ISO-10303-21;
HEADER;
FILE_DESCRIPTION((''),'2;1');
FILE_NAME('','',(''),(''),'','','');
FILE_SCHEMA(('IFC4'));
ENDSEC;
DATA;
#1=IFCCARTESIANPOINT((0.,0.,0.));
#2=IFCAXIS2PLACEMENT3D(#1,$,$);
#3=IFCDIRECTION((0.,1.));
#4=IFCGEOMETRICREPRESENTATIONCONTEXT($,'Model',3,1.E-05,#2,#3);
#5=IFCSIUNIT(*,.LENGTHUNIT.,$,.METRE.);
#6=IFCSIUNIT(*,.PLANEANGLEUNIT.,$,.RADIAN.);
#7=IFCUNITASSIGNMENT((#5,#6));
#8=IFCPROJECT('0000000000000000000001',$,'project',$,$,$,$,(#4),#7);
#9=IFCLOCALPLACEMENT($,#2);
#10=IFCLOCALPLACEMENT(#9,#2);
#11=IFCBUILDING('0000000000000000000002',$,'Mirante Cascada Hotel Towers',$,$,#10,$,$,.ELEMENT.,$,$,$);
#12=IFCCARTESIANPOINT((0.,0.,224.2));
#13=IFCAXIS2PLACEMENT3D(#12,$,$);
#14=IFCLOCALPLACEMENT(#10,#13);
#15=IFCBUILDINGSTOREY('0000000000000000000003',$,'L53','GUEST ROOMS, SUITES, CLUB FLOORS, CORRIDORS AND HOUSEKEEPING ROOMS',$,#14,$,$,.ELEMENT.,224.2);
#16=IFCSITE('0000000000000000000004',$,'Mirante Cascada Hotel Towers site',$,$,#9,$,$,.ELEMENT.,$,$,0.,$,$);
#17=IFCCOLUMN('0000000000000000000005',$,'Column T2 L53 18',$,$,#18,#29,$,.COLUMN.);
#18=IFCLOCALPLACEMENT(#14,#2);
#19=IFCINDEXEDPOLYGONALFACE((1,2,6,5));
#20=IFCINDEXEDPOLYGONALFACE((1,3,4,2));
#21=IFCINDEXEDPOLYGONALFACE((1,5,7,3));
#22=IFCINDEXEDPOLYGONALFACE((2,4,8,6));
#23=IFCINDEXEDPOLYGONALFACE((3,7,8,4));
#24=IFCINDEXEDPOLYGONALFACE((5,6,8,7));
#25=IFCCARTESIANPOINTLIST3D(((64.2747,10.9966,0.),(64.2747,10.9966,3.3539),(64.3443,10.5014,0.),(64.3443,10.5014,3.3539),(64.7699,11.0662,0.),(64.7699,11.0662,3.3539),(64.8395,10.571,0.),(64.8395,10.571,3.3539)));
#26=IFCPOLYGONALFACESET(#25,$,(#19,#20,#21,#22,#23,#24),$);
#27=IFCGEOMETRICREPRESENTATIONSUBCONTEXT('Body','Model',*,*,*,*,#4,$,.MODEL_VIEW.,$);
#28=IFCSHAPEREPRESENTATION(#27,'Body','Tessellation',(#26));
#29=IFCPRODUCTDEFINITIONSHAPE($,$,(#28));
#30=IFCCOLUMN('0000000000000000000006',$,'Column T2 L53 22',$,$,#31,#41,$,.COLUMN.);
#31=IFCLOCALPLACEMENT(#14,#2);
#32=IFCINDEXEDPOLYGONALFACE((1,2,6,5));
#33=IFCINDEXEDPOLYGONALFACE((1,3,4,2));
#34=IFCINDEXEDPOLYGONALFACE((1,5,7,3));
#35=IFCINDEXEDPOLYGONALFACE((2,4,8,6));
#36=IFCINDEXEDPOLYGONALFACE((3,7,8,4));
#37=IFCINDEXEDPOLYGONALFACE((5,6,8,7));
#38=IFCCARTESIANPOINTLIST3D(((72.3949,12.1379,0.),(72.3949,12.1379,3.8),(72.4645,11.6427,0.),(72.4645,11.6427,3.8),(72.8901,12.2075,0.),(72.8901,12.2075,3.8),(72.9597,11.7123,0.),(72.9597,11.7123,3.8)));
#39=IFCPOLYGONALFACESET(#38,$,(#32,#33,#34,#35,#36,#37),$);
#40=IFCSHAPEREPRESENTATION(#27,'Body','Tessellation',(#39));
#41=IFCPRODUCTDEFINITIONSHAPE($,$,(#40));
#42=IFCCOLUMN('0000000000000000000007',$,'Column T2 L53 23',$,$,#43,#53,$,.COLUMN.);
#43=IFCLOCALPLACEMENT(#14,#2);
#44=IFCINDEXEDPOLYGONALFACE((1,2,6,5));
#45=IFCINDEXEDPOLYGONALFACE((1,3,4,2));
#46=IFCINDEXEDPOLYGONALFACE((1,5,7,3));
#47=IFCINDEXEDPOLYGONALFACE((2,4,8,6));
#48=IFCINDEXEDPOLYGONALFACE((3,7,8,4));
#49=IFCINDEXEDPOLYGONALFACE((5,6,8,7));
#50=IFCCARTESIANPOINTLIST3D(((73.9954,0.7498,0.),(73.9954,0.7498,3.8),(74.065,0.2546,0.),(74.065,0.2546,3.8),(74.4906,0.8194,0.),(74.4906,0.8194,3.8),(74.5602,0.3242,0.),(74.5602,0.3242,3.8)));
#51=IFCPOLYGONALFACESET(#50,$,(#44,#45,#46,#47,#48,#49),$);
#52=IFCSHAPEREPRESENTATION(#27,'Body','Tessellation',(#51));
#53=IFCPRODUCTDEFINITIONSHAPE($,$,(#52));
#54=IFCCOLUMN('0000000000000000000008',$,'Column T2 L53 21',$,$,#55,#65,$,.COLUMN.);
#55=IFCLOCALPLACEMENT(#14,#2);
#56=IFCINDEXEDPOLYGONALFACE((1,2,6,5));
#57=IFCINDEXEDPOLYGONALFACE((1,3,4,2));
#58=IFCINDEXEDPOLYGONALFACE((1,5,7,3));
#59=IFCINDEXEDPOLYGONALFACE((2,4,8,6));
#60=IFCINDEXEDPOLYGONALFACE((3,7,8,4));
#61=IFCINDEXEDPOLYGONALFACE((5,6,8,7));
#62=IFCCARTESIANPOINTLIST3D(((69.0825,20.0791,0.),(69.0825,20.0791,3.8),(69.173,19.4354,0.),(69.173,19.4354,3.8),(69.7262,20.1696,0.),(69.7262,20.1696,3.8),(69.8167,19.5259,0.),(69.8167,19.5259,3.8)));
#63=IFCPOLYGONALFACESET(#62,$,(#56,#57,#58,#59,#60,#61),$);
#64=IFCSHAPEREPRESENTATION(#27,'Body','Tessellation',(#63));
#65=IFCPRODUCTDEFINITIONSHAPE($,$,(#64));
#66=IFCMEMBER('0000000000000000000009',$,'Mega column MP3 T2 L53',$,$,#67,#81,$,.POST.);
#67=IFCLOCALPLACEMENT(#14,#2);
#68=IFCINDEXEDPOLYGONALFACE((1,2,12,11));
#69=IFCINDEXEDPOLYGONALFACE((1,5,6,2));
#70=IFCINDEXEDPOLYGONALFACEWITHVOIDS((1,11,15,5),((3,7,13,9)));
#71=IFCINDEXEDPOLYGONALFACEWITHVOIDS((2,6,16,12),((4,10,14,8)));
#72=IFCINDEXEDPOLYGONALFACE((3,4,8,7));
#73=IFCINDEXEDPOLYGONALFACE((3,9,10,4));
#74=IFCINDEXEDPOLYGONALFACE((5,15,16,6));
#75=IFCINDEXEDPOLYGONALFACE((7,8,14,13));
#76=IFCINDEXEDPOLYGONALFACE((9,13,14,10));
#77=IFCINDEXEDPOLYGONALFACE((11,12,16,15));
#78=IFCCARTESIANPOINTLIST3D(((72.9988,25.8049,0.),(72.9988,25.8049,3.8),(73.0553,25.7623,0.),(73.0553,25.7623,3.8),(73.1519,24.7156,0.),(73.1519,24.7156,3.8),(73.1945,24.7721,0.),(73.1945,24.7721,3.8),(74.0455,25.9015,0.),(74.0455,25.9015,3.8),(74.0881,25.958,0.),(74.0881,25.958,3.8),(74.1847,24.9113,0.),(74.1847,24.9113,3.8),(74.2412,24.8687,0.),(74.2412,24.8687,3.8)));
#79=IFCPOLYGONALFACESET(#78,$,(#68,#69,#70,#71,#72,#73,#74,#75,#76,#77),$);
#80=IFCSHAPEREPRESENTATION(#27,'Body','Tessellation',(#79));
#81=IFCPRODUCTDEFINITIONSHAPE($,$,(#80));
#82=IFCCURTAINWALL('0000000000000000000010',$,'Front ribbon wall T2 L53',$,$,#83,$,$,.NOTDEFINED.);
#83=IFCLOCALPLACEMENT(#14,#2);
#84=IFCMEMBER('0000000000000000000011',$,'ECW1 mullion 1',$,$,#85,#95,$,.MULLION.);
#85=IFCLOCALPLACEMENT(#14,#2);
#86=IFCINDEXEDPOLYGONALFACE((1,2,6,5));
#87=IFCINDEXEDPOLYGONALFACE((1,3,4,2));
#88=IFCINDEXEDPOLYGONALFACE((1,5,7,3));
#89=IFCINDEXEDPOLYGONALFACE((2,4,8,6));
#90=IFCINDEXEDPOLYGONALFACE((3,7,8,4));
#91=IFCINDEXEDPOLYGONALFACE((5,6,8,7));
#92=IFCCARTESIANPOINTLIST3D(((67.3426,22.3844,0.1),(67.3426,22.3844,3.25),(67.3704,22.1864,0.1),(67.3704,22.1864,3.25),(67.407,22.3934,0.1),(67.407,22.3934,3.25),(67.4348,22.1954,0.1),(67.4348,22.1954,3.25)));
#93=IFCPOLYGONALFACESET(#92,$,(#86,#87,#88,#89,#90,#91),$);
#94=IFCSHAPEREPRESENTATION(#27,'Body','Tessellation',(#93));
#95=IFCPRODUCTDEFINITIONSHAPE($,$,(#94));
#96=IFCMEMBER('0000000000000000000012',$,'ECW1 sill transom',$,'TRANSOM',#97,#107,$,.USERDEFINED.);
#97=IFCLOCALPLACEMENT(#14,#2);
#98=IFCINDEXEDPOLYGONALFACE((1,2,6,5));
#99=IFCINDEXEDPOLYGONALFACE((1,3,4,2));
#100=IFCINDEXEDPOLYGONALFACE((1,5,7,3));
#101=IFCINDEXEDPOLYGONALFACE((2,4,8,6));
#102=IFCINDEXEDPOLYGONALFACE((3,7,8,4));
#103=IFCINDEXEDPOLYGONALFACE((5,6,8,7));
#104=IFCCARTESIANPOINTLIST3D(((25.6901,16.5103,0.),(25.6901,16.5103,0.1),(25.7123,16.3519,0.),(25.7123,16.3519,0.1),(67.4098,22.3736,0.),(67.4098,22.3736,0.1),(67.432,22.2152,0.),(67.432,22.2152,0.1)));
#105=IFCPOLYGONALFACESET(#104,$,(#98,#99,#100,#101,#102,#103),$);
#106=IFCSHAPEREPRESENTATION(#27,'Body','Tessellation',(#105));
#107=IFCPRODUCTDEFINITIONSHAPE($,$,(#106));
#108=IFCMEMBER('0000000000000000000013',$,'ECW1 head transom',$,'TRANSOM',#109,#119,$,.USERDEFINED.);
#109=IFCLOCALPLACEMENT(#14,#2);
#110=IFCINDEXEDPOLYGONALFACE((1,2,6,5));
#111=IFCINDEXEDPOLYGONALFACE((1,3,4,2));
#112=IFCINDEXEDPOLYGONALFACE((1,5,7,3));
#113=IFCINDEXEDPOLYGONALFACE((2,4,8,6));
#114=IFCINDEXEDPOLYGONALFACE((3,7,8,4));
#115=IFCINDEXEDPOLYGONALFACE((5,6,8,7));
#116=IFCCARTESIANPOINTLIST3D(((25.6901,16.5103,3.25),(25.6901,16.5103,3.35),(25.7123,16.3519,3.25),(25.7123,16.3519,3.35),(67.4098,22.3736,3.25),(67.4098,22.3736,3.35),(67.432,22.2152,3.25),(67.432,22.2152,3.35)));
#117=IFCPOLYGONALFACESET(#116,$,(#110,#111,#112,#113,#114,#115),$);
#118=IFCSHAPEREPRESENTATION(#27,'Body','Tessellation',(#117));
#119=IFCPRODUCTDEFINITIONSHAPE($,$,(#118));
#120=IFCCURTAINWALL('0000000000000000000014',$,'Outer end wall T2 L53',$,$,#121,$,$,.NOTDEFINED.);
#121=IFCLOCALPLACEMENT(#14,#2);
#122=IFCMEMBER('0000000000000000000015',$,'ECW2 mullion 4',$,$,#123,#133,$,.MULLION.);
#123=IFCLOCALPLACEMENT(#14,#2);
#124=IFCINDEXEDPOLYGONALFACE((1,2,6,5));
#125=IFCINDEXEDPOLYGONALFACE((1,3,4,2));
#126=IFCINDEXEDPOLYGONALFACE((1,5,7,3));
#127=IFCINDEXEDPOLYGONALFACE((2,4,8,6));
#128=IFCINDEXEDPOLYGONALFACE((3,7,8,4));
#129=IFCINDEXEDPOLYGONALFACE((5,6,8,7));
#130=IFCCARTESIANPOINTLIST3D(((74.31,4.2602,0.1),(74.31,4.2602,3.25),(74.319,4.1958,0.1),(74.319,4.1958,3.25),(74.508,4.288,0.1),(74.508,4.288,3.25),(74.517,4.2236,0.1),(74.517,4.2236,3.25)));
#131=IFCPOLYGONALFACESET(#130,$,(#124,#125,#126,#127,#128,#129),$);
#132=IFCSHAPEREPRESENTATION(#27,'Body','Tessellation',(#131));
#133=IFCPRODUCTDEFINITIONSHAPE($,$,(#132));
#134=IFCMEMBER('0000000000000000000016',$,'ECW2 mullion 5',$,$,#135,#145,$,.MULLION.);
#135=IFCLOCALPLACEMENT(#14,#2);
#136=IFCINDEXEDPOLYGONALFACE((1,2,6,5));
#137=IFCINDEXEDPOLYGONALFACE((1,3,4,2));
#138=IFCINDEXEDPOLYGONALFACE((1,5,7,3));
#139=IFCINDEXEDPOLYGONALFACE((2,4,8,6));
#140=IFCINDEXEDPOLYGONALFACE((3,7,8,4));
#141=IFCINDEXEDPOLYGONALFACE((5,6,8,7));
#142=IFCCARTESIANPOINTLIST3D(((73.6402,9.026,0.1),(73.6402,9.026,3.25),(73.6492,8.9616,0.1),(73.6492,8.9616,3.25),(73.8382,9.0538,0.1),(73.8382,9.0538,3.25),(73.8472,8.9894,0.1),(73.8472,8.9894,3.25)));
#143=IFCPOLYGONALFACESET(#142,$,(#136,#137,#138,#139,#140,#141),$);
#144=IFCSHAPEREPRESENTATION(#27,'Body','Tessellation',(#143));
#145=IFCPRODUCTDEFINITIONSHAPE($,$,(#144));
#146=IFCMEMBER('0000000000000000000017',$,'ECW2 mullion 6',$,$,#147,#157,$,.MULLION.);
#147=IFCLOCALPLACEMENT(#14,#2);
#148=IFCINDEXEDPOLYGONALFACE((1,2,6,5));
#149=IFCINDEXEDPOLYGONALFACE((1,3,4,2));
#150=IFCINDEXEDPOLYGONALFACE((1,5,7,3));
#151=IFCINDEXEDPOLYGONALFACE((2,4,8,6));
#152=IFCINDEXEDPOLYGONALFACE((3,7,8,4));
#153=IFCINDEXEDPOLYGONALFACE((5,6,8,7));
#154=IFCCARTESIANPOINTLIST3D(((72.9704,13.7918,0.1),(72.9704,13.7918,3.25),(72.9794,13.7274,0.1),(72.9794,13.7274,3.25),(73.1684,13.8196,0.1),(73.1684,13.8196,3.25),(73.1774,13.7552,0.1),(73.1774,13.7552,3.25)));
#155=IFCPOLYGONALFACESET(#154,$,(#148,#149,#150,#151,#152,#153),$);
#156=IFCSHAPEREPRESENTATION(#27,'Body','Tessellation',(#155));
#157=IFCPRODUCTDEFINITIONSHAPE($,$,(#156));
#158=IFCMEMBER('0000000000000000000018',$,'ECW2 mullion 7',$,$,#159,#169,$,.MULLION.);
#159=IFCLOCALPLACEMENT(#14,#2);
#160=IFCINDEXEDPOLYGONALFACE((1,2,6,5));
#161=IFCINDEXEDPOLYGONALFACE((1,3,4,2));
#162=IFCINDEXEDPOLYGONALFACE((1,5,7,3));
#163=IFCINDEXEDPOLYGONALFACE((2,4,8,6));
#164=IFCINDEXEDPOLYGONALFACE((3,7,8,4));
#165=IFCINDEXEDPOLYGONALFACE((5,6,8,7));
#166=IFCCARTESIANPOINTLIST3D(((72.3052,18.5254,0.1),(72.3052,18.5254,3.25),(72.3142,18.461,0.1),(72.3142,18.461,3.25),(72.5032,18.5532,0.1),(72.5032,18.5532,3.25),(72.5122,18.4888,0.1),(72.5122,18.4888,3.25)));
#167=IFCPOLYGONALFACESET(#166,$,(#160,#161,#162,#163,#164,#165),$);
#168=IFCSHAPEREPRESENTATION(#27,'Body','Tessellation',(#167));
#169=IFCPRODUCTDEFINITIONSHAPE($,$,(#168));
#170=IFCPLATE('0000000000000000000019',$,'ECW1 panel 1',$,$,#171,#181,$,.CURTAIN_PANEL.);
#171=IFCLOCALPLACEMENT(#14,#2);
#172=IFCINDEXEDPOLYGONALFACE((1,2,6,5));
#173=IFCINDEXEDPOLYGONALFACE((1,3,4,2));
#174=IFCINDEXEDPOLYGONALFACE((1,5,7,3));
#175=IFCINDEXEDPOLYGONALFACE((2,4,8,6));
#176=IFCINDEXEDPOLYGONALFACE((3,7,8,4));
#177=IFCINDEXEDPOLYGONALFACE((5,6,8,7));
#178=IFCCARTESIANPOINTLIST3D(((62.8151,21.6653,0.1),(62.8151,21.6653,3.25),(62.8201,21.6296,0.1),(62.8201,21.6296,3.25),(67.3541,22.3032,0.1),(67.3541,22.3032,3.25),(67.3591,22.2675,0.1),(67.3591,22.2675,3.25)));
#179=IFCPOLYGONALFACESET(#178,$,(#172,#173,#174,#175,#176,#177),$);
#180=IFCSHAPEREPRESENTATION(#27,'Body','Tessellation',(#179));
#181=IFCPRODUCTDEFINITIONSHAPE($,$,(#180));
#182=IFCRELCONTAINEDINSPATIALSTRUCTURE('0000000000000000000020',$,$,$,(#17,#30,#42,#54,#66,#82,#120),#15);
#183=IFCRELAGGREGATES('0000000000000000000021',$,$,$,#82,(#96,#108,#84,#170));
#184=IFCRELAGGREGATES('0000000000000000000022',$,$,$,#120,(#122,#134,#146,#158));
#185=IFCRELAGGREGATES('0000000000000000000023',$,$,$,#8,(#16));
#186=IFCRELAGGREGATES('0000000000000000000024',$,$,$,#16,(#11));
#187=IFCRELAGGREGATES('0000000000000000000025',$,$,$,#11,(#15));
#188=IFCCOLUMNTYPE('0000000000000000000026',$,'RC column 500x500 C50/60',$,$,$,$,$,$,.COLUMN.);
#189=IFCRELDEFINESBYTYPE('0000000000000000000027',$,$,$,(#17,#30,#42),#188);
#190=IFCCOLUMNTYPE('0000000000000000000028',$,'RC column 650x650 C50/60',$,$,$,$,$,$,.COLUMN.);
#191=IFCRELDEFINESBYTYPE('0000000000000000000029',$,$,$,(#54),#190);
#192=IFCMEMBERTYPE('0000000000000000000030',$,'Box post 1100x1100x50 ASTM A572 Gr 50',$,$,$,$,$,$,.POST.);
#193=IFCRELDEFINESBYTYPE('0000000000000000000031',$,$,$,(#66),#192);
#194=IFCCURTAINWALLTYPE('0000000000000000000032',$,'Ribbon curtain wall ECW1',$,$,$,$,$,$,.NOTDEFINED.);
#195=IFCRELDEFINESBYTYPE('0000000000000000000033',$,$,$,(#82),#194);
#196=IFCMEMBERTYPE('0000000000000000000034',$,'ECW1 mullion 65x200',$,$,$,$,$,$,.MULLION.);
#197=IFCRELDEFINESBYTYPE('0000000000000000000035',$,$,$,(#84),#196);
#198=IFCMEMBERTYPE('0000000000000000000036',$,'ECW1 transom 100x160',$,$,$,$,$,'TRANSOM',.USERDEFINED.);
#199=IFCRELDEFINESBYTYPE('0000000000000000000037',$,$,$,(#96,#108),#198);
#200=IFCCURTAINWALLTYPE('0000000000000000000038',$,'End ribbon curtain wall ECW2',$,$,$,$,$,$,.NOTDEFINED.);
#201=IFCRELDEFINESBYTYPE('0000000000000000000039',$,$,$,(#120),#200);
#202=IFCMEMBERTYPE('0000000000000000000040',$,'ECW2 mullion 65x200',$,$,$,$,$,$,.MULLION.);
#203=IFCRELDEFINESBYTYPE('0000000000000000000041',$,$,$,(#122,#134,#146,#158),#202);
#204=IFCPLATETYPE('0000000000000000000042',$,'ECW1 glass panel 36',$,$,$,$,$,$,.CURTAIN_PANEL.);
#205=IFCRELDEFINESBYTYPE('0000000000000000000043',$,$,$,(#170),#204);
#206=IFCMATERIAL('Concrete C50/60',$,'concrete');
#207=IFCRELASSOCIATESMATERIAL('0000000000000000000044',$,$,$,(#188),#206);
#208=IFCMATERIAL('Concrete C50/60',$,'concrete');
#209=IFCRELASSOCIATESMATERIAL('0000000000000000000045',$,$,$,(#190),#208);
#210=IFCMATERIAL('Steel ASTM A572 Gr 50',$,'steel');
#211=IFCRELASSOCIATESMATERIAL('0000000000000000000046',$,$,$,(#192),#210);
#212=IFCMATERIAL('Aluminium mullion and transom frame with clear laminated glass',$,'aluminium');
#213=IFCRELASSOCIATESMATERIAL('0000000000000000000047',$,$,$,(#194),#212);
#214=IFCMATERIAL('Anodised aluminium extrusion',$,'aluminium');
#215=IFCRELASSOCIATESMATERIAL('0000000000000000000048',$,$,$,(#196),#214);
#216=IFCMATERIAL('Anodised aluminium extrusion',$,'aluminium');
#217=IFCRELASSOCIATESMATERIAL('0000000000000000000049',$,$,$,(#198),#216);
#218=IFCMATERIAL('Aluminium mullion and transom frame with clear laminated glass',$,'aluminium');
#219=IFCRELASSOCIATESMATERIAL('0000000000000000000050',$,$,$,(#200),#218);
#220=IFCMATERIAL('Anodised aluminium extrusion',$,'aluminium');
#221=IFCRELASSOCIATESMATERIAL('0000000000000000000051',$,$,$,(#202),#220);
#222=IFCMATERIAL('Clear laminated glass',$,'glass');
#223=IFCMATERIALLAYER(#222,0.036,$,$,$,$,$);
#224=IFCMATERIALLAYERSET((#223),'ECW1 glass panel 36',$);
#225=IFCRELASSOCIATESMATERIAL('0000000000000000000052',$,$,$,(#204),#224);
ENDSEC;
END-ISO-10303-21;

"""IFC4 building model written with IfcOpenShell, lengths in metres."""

from ifc_helpers import new_model, si_unit, direction, frame, origin, origin_2d, place, context, subcontext, project, spatial, rectangle, hollow_rectangle, extrude, material, layer, layer_set, material_profile, profile_set, type_object, element, aggregate, save


model = new_model("IFC4")

# Units and contexts
model_context = context("Model", 3, precision=1e-05, world=origin(), true_north=direction((0.0, 1.0)))
body_context = subcontext(model_context, "Body", "Model", "MODEL_VIEW")
ifc_project = project(units=[si_unit("LENGTHUNIT", "METRE"), si_unit("PLANEANGLEUNIT", "RADIAN")], contexts=[model_context])

# Site, building, storey
site_placement = place(None, origin())
site = spatial("IfcSite", under=ifc_project, at=site_placement, Name="Mirante Cascada Hotel Towers site", CompositionType="ELEMENT", RefElevation=0.0)
building_placement = place(site_placement, origin())
building = spatial("IfcBuilding", under=site, at=building_placement, Name="Mirante Cascada Hotel Towers", CompositionType="ELEMENT")
storey_placement = place(building_placement, frame((0.0, 0.0, 224.2)))
storey = spatial("IfcBuildingStorey", under=building, at=storey_placement, Name="L53", Description="GUEST ROOMS, SUITES, CLUB FLOORS, CORRIDORS AND HOUSEKEEPING ROOMS", CompositionType="ELEMENT", Elevation=224.2)

# Columns
ifc_material_1 = material(Name="Concrete C50/60", Category="concrete")
ifc_material_profile_1 = material_profile(ifc_material_1, rectangle(XDim=0.5, YDim=0.5, at=origin_2d()), Name="RC column 500x500 C50/60")
ifc_profile_set_1 = profile_set([ifc_material_profile_1], Name="Concrete C50/60")
column_type_1 = type_object("IfcColumnType", Name="RC column 500x500 C50/60", PredefinedType="COLUMN", material=ifc_profile_set_1)
column_1_placement = place(storey_placement, frame((64.5571, 10.7838, 0.0), z_axis=(0.0, 0.0, 1.0), x_axis=(0.990268, 0.139173, 0.0)))
element("IfcColumn", 1, at=column_1_placement, inside=storey, type_object=column_type_1, Name="Column T2 L53 18", PredefinedType="COLUMN", context=body_context, shape_type="SweptSolid", body=[
    extrude(rectangle(XDim=0.5, YDim=0.5, at=origin_2d()), origin(), (0.0, 0.0, 1.0), 3.3539),
])
for number, where, z_axis, x_axis, name in (
    (2, (72.6773, 11.9251, 0.0), (0.0, 0.0, 1.0), (0.990268, 0.139173, 0.0), "Column T2 L53 22"),
    (3, (74.2778, 0.537, 0.0), (0.0, 0.0, 1.0), (0.990268, 0.139173, 0.0), "Column T2 L53 23"),
):
    element("IfcColumn", number, at=place(storey_placement, frame(where, z_axis=z_axis, x_axis=x_axis)), inside=storey, type_object=column_type_1, Name=name, PredefinedType="COLUMN", context=body_context, shape_type="SweptSolid", body=[
        extrude(rectangle(XDim=0.5, YDim=0.5, at=origin_2d()), origin(), (0.0, 0.0, 1.0), 3.8),
    ])
ifc_material_2 = material(Name="Concrete C50/60", Category="concrete")
ifc_material_profile_2 = material_profile(ifc_material_2, rectangle(XDim=0.65, YDim=0.65, at=origin_2d()), Name="RC column 650x650 C50/60")
ifc_profile_set_2 = profile_set([ifc_material_profile_2], Name="Concrete C50/60")
column_type_2 = type_object("IfcColumnType", Name="RC column 650x650 C50/60", PredefinedType="COLUMN", material=ifc_profile_set_2)
column_2_placement = place(storey_placement, frame((69.4496, 19.8025, 0.0), z_axis=(0.0, 0.0, 1.0), x_axis=(0.990268, 0.139173, 0.0)))
element("IfcColumn", 4, at=column_2_placement, inside=storey, type_object=column_type_2, Name="Column T2 L53 21", PredefinedType="COLUMN", context=body_context, shape_type="SweptSolid", body=[
    extrude(rectangle(XDim=0.65, YDim=0.65, at=origin_2d()), origin(), (0.0, 0.0, 1.0), 3.8),
])

# Member
ifc_material_3 = material(Name="Steel ASTM A572 Gr 50", Category="steel")
ifc_material_profile_3 = material_profile(ifc_material_3, hollow_rectangle(XDim=1.1, YDim=1.1, WallThickness=0.05, at=origin_2d()), Name="Box post 1100x1100x50 ASTM A572 Gr 50")
ifc_profile_set_3 = profile_set([ifc_material_profile_3], Name="Steel ASTM A572 Gr 50")
member_type_1 = type_object("IfcMemberType", Name="Box post 1100x1100x50 ASTM A572 Gr 50", PredefinedType="POST", material=ifc_profile_set_3)
member_1_placement = place(storey_placement, frame((73.62, 25.3368, 0.0), z_axis=(0.0, 0.0, 1.0), x_axis=(0.990268, 0.139173, 0.0)))
element("IfcMember", 5, at=member_1_placement, inside=storey, type_object=member_type_1, Name="Mega column MP3 T2 L53", PredefinedType="POST", context=body_context, shape_type="SweptSolid", body=[
    extrude(hollow_rectangle(XDim=1.1, YDim=1.1, WallThickness=0.05, at=origin_2d()), origin(), (0.0, 0.0, 1.0), 3.8),
])

# Curtain walls, members
ifc_material_4 = material(Name="Aluminium mullion and transom frame with clear laminated glass", Category="aluminium")
curtain_wall_type_1 = type_object("IfcCurtainWallType", Name="Ribbon curtain wall ECW1", PredefinedType="NOTDEFINED", material=ifc_material_4)
curtain_wall_1_placement = place(storey_placement, origin())
curtain_wall_1 = element("IfcCurtainWall", 6, at=curtain_wall_1_placement, inside=storey, type_object=curtain_wall_type_1, Name="Front ribbon wall T2 L53", PredefinedType="NOTDEFINED")
ifc_material_5 = material(Name="Anodised aluminium extrusion", Category="aluminium")
ifc_material_profile_4 = material_profile(ifc_material_5, rectangle(XDim=0.2, YDim=0.065, at=origin_2d()), Name="ECW1 MULLION 65x200")
ifc_profile_set_4 = profile_set([ifc_material_profile_4], Name="Anodised aluminium extrusion")
member_type_2 = type_object("IfcMemberType", Name="ECW1 mullion 65x200", PredefinedType="MULLION", material=ifc_profile_set_4)
member_2_placement = place(storey_placement, frame((67.3887, 22.2899, 0.1), z_axis=(0.0, 0.0, 1.0), x_axis=(0.139173, -0.990268, 0.0)))
member_2 = element("IfcMember", 7, at=member_2_placement, type_object=member_type_2, Name="ECW1 mullion 1", PredefinedType="MULLION", context=body_context, shape_type="SweptSolid", body=[
    extrude(rectangle(XDim=0.2, YDim=0.065, at=origin_2d()), origin(), (0.0, 0.0, 1.0), 3.15),
])
ifc_material_6 = material(Name="Anodised aluminium extrusion", Category="aluminium")
ifc_material_profile_5 = material_profile(ifc_material_6, rectangle(XDim=0.16, YDim=0.1, at=origin_2d()), Name="ECW1 TRANSOM 100x160")
ifc_profile_set_5 = profile_set([ifc_material_profile_5], Name="Anodised aluminium extrusion")
member_type_3 = type_object("IfcMemberType", Name="ECW1 transom 100x160", ElementType="TRANSOM", PredefinedType="USERDEFINED", material=ifc_profile_set_5)
member_3_placement = place(storey_placement, frame((67.4209, 22.2944, 0.05), z_axis=(-0.990268, -0.139173, 0.0), x_axis=(0.139173, -0.990268, 0.0)))
member_3 = element("IfcMember", 8, at=member_3_placement, type_object=member_type_3, Name="ECW1 sill transom", ObjectType="TRANSOM", PredefinedType="USERDEFINED", context=body_context, shape_type="SweptSolid", body=[
    extrude(rectangle(XDim=0.16, YDim=0.1, at=origin_2d()), origin(), (0.0, 0.0, 1.0), 42.1297),
])
member_4_placement = place(storey_placement, frame((67.4209, 22.2944, 3.3), z_axis=(-0.990268, -0.139173, 0.0), x_axis=(0.139173, -0.990268, 0.0)))
member_4 = element("IfcMember", 9, at=member_4_placement, type_object=member_type_3, Name="ECW1 head transom", ObjectType="TRANSOM", PredefinedType="USERDEFINED", context=body_context, shape_type="SweptSolid", body=[
    extrude(rectangle(XDim=0.16, YDim=0.1, at=origin_2d()), origin(), (0.0, 0.0, 1.0), 42.1297),
])
ifc_material_7 = material(Name="Aluminium mullion and transom frame with clear laminated glass", Category="aluminium")
curtain_wall_type_2 = type_object("IfcCurtainWallType", Name="End ribbon curtain wall ECW2", PredefinedType="NOTDEFINED", material=ifc_material_7)
curtain_wall_2_placement = place(storey_placement, origin())
curtain_wall_2 = element("IfcCurtainWall", 10, at=curtain_wall_2_placement, inside=storey, type_object=curtain_wall_type_2, Name="Outer end wall T2 L53", PredefinedType="NOTDEFINED")
ifc_material_8 = material(Name="Anodised aluminium extrusion", Category="aluminium")
ifc_material_profile_6 = material_profile(ifc_material_8, rectangle(XDim=0.2, YDim=0.065, at=origin_2d()), Name="ECW2 MULLION 65x200")
ifc_profile_set_6 = profile_set([ifc_material_profile_6], Name="Anodised aluminium extrusion")
member_type_4 = type_object("IfcMemberType", Name="ECW2 mullion 65x200", PredefinedType="MULLION", material=ifc_profile_set_6)
member_5_placement = place(storey_placement, frame((74.4135, 4.2419, 0.1), z_axis=(0.0, 0.0, 1.0), x_axis=(-0.990268, -0.139173, 0.0)))
member_5 = element("IfcMember", 11, at=member_5_placement, type_object=member_type_4, Name="ECW2 mullion 4", PredefinedType="MULLION", context=body_context, shape_type="SweptSolid", body=[
    extrude(rectangle(XDim=0.2, YDim=0.065, at=origin_2d()), origin(), (0.0, 0.0, 1.0), 3.15),
])
member_6_placement = place(storey_placement, frame((73.7437, 9.0077, 0.1), z_axis=(0.0, 0.0, 1.0), x_axis=(-0.990268, -0.139173, 0.0)))
member_6 = element("IfcMember", 12, at=member_6_placement, type_object=member_type_4, Name="ECW2 mullion 5", PredefinedType="MULLION", context=body_context, shape_type="SweptSolid", body=[
    extrude(rectangle(XDim=0.2, YDim=0.065, at=origin_2d()), origin(), (0.0, 0.0, 1.0), 3.15),
])
member_7_placement = place(storey_placement, frame((73.0739, 13.7735, 0.1), z_axis=(0.0, 0.0, 1.0), x_axis=(-0.990268, -0.139173, 0.0)))
member_7 = element("IfcMember", 13, at=member_7_placement, type_object=member_type_4, Name="ECW2 mullion 6", PredefinedType="MULLION", context=body_context, shape_type="SweptSolid", body=[
    extrude(rectangle(XDim=0.2, YDim=0.065, at=origin_2d()), origin(), (0.0, 0.0, 1.0), 3.15),
])
member_8_placement = place(storey_placement, frame((72.4087, 18.5071, 0.1), z_axis=(0.0, 0.0, 1.0), x_axis=(-0.990268, -0.139173, 0.0)))
member_8 = element("IfcMember", 14, at=member_8_placement, type_object=member_type_4, Name="ECW2 mullion 7", PredefinedType="MULLION", context=body_context, shape_type="SweptSolid", body=[
    extrude(rectangle(XDim=0.2, YDim=0.065, at=origin_2d()), origin(), (0.0, 0.0, 1.0), 3.15),
])

# Plate
ifc_material_9 = material(Name="Clear laminated glass", Category="glass")
ifc_layer_1 = layer(ifc_material_9, 0.036)
ifc_layer_set_1 = layer_set([ifc_layer_1], Name="ECW1 glass panel 36")
plate_type_1 = type_object("IfcPlateType", Name="ECW1 glass panel 36", PredefinedType="CURTAIN_PANEL", material=ifc_layer_set_1)
plate_1_placement = place(storey_placement, frame((65.0871, 21.9664, 0.1), z_axis=(0.0, 0.0, 1.0), x_axis=(-0.990268, -0.139173, 0.0)))
plate_1 = element("IfcPlate", 15, at=plate_1_placement, type_object=plate_type_1, Name="ECW1 panel 1", PredefinedType="CURTAIN_PANEL", context=body_context, shape_type="SweptSolid", body=[
    extrude(rectangle(XDim=4.5836, YDim=0.036, at=origin_2d()), origin(), (0.0, 0.0, 1.0), 3.15),
])
aggregate(curtain_wall_1, [member_3, member_4, member_2, plate_1])
aggregate(curtain_wall_2, [member_5, member_6, member_7, member_8])

save(model, "model.ifc")
